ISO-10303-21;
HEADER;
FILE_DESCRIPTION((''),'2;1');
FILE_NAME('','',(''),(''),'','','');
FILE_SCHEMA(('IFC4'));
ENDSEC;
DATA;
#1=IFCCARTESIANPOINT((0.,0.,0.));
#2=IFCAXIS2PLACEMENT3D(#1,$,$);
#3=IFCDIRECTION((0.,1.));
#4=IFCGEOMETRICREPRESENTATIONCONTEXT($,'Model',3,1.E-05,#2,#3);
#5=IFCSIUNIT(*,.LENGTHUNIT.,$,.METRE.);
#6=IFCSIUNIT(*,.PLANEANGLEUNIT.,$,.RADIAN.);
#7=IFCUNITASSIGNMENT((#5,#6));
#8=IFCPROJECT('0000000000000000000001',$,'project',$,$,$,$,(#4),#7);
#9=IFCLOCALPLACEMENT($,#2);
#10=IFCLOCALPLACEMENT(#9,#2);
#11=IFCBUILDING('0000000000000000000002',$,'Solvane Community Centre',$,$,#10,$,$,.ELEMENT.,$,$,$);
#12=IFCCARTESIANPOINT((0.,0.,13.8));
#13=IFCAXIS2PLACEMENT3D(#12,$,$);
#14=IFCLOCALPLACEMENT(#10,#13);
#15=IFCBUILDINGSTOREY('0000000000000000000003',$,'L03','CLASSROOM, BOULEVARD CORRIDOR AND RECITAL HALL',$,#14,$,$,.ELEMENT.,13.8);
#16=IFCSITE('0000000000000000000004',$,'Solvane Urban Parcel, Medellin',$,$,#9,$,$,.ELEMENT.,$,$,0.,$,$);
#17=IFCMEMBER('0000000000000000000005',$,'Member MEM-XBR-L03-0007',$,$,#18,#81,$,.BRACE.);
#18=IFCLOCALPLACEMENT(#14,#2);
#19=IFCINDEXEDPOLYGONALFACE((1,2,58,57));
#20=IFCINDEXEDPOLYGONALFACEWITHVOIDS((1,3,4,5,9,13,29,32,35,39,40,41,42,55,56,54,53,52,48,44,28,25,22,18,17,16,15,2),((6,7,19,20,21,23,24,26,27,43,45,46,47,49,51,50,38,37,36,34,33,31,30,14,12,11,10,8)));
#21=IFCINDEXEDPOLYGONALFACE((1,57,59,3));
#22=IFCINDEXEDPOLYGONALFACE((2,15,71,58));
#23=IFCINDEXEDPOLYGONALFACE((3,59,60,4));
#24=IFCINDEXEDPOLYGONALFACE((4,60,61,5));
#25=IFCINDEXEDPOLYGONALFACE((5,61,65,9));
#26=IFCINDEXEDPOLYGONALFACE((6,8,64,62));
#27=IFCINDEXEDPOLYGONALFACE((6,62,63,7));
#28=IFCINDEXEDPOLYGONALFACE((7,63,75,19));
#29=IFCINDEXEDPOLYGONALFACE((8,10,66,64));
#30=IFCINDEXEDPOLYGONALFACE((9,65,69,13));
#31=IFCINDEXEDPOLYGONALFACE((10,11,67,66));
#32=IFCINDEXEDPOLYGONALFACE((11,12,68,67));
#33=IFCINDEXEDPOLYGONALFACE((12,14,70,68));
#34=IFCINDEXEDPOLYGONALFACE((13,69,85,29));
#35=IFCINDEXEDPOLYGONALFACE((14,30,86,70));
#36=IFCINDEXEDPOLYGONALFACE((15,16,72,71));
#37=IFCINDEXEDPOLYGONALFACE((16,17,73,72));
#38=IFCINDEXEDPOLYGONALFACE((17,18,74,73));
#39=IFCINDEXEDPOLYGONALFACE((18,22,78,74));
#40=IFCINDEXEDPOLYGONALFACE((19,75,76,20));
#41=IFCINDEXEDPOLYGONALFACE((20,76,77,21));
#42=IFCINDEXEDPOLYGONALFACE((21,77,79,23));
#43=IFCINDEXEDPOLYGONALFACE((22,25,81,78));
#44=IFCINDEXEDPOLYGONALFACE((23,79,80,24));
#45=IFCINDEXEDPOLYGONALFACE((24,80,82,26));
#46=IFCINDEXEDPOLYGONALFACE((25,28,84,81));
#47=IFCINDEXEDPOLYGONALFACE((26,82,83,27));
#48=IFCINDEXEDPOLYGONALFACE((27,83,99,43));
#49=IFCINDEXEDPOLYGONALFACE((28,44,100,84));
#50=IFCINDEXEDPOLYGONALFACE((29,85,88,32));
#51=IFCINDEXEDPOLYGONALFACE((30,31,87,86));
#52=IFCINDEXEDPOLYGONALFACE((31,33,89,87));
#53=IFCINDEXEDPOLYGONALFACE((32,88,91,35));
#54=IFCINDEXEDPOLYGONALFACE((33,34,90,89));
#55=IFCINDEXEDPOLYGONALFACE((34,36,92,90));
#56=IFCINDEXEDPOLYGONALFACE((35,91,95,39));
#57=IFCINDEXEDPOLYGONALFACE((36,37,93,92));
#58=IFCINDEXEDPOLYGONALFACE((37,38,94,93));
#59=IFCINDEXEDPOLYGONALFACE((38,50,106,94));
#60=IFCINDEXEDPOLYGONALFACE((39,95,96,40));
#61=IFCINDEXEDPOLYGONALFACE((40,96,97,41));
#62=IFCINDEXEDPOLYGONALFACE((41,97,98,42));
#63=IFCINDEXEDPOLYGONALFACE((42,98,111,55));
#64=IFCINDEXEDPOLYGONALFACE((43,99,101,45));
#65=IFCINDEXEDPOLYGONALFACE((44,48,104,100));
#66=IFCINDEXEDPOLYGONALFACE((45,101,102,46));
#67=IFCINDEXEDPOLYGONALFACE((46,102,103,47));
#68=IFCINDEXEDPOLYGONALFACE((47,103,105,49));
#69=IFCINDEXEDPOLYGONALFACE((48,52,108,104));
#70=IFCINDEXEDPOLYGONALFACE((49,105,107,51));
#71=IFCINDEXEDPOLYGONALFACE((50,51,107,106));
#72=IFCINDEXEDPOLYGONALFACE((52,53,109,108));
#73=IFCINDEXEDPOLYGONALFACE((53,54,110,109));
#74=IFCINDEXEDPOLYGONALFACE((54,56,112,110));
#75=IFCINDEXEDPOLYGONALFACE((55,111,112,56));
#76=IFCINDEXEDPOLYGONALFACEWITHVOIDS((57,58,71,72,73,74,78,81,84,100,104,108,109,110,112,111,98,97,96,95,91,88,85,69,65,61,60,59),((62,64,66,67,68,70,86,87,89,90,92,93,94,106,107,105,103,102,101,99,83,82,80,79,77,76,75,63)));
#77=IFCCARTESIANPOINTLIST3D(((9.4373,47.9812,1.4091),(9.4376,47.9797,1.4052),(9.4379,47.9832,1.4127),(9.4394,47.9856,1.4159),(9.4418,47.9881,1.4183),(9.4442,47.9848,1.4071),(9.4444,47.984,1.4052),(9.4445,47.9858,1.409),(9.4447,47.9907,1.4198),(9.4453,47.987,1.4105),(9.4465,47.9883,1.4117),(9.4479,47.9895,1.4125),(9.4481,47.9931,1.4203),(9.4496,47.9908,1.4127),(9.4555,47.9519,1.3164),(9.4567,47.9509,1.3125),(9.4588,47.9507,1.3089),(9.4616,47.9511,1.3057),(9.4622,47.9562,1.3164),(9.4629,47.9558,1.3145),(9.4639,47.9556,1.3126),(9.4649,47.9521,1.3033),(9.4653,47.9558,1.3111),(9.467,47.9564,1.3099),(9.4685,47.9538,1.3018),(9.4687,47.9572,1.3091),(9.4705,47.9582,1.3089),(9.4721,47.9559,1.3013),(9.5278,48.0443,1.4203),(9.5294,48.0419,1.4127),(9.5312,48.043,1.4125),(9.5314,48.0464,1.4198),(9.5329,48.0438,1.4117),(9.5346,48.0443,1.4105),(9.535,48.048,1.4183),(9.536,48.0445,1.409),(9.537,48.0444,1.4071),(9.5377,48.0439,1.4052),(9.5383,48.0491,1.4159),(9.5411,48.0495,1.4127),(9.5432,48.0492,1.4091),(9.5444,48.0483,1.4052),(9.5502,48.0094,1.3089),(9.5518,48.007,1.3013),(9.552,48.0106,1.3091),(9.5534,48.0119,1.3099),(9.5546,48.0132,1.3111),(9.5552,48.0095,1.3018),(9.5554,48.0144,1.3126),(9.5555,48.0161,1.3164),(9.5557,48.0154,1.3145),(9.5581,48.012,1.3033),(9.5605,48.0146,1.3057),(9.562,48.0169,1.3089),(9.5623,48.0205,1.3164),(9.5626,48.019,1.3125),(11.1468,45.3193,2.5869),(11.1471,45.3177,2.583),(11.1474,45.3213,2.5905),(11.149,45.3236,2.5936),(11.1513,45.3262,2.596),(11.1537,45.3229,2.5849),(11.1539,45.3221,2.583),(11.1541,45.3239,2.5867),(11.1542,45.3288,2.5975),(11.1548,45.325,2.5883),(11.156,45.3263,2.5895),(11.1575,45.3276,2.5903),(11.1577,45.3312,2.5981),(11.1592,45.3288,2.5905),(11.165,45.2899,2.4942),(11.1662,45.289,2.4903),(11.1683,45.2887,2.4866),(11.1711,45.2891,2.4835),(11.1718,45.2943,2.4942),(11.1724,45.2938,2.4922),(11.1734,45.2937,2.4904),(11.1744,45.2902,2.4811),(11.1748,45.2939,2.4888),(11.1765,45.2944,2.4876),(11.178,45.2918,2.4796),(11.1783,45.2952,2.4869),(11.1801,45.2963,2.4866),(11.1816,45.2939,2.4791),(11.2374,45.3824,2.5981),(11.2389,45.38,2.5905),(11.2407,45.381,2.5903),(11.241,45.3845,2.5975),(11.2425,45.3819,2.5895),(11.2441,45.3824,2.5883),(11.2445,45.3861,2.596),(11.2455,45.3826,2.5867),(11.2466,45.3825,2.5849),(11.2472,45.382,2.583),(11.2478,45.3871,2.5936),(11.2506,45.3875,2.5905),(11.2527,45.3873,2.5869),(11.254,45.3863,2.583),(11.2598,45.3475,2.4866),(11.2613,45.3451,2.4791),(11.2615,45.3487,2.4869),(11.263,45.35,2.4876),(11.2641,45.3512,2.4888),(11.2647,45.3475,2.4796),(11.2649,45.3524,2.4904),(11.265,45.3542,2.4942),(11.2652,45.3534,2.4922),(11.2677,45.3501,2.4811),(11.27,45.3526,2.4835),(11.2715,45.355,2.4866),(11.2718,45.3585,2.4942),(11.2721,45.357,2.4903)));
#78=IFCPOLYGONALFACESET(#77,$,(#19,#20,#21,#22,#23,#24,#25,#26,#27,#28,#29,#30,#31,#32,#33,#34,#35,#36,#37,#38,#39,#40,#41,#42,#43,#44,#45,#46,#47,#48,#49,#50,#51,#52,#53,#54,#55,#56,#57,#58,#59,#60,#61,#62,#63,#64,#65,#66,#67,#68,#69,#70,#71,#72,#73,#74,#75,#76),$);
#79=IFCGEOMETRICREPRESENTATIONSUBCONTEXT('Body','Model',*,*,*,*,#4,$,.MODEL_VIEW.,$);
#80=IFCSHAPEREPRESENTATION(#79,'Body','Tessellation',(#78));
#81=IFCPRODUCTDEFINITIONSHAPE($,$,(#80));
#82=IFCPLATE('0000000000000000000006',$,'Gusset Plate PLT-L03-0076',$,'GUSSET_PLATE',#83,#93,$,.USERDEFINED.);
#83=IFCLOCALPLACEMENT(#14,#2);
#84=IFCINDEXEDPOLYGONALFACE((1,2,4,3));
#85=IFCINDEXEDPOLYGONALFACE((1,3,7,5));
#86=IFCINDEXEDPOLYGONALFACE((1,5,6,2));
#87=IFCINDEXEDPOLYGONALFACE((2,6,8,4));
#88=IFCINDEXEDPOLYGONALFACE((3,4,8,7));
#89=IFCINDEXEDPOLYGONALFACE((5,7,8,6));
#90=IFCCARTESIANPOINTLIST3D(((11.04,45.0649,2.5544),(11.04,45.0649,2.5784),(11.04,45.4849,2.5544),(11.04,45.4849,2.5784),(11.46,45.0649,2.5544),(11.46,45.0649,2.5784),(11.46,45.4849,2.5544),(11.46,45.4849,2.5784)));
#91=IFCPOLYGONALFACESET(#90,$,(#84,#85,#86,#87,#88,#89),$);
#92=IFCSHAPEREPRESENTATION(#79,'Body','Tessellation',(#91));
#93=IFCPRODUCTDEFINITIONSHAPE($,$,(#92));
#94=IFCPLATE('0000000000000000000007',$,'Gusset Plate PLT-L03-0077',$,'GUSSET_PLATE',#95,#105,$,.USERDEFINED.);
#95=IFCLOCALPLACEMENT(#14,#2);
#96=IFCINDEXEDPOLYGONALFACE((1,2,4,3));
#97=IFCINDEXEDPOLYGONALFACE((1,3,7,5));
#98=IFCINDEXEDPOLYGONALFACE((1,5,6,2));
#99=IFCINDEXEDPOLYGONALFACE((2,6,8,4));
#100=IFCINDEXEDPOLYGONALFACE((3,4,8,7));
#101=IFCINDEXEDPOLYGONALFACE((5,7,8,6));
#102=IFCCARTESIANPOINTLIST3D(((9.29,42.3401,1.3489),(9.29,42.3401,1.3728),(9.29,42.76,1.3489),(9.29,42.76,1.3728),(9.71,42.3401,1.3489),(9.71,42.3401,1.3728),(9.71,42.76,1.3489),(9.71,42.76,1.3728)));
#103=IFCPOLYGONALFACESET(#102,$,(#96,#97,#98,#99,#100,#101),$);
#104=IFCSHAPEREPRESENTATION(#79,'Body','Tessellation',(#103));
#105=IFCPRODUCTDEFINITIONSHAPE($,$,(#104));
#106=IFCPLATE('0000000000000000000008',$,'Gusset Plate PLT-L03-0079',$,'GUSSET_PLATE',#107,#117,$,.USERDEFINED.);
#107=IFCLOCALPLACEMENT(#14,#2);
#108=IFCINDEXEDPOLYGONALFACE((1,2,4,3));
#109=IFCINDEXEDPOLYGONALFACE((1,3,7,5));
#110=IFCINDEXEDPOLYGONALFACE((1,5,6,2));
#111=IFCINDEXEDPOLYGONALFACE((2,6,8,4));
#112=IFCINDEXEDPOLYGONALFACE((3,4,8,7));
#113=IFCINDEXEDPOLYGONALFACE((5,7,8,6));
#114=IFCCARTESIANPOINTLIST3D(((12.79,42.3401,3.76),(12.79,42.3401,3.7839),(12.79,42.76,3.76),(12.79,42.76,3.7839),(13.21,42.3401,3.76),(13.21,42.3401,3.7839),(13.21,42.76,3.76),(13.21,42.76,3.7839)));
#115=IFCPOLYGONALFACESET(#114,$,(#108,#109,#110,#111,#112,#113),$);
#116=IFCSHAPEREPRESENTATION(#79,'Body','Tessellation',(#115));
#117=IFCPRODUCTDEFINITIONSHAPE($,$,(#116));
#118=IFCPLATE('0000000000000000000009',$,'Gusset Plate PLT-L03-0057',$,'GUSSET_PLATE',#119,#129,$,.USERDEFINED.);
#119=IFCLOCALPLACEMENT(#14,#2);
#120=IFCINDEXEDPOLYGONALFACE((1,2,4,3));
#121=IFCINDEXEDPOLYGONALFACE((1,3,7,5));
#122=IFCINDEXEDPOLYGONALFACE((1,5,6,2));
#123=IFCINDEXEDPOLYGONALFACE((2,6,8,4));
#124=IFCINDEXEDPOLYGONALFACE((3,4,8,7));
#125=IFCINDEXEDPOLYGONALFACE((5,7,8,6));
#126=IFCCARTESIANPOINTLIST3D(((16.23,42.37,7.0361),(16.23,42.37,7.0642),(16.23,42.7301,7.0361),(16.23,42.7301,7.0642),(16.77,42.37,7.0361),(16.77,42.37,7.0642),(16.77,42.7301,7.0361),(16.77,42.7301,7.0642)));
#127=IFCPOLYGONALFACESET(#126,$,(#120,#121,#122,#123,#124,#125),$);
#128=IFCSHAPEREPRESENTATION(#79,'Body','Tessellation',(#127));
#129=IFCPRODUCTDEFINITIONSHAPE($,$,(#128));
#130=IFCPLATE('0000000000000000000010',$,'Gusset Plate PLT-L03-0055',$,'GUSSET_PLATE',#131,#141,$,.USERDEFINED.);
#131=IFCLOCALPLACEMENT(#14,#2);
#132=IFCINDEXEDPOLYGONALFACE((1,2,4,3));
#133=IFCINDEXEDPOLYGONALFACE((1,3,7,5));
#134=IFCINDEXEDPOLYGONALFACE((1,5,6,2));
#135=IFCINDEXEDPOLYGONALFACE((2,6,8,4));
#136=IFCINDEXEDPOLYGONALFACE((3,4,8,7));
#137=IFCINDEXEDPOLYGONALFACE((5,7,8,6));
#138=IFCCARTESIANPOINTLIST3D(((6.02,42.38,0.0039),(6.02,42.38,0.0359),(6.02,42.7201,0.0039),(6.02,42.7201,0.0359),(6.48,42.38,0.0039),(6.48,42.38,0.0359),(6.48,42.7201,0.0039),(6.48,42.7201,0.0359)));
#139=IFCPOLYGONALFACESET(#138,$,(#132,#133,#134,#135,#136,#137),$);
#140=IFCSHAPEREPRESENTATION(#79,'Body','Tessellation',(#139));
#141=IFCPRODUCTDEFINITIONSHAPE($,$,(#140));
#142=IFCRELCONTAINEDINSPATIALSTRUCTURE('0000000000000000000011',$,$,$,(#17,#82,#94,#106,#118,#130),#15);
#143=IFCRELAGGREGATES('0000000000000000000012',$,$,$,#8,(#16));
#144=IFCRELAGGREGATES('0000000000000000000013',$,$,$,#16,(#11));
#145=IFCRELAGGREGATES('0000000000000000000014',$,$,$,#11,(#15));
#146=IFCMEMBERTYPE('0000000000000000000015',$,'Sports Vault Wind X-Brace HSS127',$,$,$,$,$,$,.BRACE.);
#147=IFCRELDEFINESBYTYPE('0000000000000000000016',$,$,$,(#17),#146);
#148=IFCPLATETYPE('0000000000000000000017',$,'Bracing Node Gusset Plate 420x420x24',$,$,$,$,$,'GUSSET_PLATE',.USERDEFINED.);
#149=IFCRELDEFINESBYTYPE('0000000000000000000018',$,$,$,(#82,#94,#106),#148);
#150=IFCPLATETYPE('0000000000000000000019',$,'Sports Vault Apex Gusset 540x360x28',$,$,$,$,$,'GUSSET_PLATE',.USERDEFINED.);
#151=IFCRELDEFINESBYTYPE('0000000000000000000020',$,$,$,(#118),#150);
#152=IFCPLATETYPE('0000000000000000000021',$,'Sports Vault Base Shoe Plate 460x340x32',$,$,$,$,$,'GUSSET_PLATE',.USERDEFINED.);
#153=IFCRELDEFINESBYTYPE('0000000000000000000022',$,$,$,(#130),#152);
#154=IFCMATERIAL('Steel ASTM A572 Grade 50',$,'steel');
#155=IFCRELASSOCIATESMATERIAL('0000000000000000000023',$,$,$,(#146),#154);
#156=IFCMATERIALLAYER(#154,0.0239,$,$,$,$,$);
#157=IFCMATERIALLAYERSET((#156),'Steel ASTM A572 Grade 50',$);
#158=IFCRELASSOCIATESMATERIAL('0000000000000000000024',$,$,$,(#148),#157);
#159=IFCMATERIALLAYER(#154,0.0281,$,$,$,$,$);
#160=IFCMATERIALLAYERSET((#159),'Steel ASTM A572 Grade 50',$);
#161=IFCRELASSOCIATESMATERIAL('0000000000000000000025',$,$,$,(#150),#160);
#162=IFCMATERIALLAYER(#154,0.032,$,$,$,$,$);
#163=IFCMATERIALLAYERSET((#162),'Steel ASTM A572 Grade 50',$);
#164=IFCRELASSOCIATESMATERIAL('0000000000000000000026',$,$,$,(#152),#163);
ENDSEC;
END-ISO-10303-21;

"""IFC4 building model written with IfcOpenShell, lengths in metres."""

from ifc_helpers import new_model, si_unit, direction, frame, origin, origin_2d, place, context, subcontext, project, spatial, rectangle, hollow_rectangle, extrude, material, layer, layer_set, material_profile, profile_set, type_object, element, save


model = new_model("IFC4")

# Units and contexts
model_context = context("Model", 3, precision=1e-05, world=origin(), true_north=direction((0.0, 1.0)))
body_context = subcontext(model_context, "Body", "Model", "MODEL_VIEW")
ifc_project = project(units=[si_unit("LENGTHUNIT", "METRE"), si_unit("PLANEANGLEUNIT", "RADIAN")], contexts=[model_context])

# Site, building, storey
site_placement = place(None, origin())
site = spatial("IfcSite", under=ifc_project, at=site_placement, Name="Solvane Urban Parcel, Medellin", CompositionType="ELEMENT", RefElevation=0.0)
building_placement = place(site_placement, origin())
building = spatial("IfcBuilding", under=site, at=building_placement, Name="Solvane Community Centre", CompositionType="ELEMENT")
storey_placement = place(building_placement, frame((0.0, 0.0, 13.8)))
storey = spatial("IfcBuildingStorey", under=building, at=storey_placement, Name="L03", Description="CLASSROOM, BOULEVARD CORRIDOR AND RECITAL HALL", CompositionType="ELEMENT", Elevation=13.8)

# Member
ifc_material_1 = material(Name="Steel ASTM A572 Grade 50", Category="steel")
ifc_material_profile_1 = material_profile(ifc_material_1, hollow_rectangle(XDim=0.127, YDim=0.127, WallThickness=0.0081, InnerFilletRadius=0.0081, OuterFilletRadius=0.0161, at=origin_2d()), Name="HSS 127x127x8.0")
ifc_profile_set_1 = profile_set([ifc_material_profile_1], Name="Steel ASTM A572 Grade 50")
member_type_1 = type_object("IfcMemberType", Name="Sports Vault Wind X-Brace HSS127", PredefinedType="BRACE", material=ifc_profile_set_1)
for number, where, z_axis, x_axis, name in (
    (1, (11.2095, 45.3381, 2.5386), (-0.506416, 0.788553, -0.348893), (-0.841427, -0.540371, 0.0), "Member MEM-XBR-L03-0007"),
):
    element("IfcMember", number, at=place(storey_placement, frame(where, z_axis=z_axis, x_axis=x_axis)), inside=storey, type_object=member_type_1, Name=name, PredefinedType="BRACE", context=body_context, shape_type="SweptSolid", body=[
        extrude(hollow_rectangle(XDim=0.127, YDim=0.127, WallThickness=0.0081, InnerFilletRadius=0.0081, OuterFilletRadius=0.0161, at=origin_2d()), origin(), (0.0, 0.0, 1.0), 3.3757),
    ])

# Plates
ifc_layer_1 = layer(ifc_material_1, 0.0239)
ifc_layer_set_1 = layer_set([ifc_layer_1], Name="Steel ASTM A572 Grade 50")
plate_type_1 = type_object("IfcPlateType", Name="Bracing Node Gusset Plate 420x420x24", ElementType="GUSSET_PLATE", PredefinedType="USERDEFINED", material=ifc_layer_set_1)
for number, where, z_axis, x_axis, name in (
    (2, (11.25, 45.2749, 2.5544), (0.0, 0.0, 1.0), (1.0, 0.0, 0.0), "Gusset Plate PLT-L03-0076"),
    (3, (9.5, 42.55, 1.3489), (0.0, 0.0, 1.0), (1.0, 0.0, 0.0), "Gusset Plate PLT-L03-0077"),
    (4, (13.0, 42.55, 3.76), (0.0, 0.0, 1.0), (1.0, 0.0, 0.0), "Gusset Plate PLT-L03-0079"),
):
    element("IfcPlate", number, at=place(storey_placement, frame(where, z_axis=z_axis, x_axis=x_axis)), inside=storey, type_object=plate_type_1, Name=name, ObjectType="GUSSET_PLATE", PredefinedType="USERDEFINED", context=body_context, shape_type="SweptSolid", body=[
        extrude(rectangle(XDim=0.4199, YDim=0.4199, at=origin_2d()), origin(), (0.0, 0.0, 1.0), 0.0239),
    ])
ifc_layer_2 = layer(ifc_material_1, 0.0281)
ifc_layer_set_2 = layer_set([ifc_layer_2], Name="Steel ASTM A572 Grade 50")
plate_type_2 = type_object("IfcPlateType", Name="Sports Vault Apex Gusset 540x360x28", ElementType="GUSSET_PLATE", PredefinedType="USERDEFINED", material=ifc_layer_set_2)
plate_1_placement = place(storey_placement, frame((16.5, 42.55, 7.0361), z_axis=(0.0, 0.0, 1.0), x_axis=(1.0, 0.0, 0.0)))
element("IfcPlate", 5, at=plate_1_placement, inside=storey, type_object=plate_type_2, Name="Gusset Plate PLT-L03-0057", ObjectType="GUSSET_PLATE", PredefinedType="USERDEFINED", context=body_context, shape_type="SweptSolid", body=[
    extrude(rectangle(XDim=0.54, YDim=0.3601, at=origin_2d()), origin(), (0.0, 0.0, 1.0), 0.0281),
])
ifc_layer_3 = layer(ifc_material_1, 0.032)
ifc_layer_set_3 = layer_set([ifc_layer_3], Name="Steel ASTM A572 Grade 50")
plate_type_3 = type_object("IfcPlateType", Name="Sports Vault Base Shoe Plate 460x340x32", ElementType="GUSSET_PLATE", PredefinedType="USERDEFINED", material=ifc_layer_set_3)
plate_2_placement = place(storey_placement, frame((6.25, 42.55, 0.0039), z_axis=(0.0, 0.0, 1.0), x_axis=(1.0, 0.0, 0.0)))
element("IfcPlate", 6, at=plate_2_placement, inside=storey, type_object=plate_type_3, Name="Gusset Plate PLT-L03-0055", ObjectType="GUSSET_PLATE", PredefinedType="USERDEFINED", context=body_context, shape_type="SweptSolid", body=[
    extrude(rectangle(XDim=0.46, YDim=0.3401, at=origin_2d()), origin(), (0.0, 0.0, 1.0), 0.032),
])

save(model, "model.ifc")
